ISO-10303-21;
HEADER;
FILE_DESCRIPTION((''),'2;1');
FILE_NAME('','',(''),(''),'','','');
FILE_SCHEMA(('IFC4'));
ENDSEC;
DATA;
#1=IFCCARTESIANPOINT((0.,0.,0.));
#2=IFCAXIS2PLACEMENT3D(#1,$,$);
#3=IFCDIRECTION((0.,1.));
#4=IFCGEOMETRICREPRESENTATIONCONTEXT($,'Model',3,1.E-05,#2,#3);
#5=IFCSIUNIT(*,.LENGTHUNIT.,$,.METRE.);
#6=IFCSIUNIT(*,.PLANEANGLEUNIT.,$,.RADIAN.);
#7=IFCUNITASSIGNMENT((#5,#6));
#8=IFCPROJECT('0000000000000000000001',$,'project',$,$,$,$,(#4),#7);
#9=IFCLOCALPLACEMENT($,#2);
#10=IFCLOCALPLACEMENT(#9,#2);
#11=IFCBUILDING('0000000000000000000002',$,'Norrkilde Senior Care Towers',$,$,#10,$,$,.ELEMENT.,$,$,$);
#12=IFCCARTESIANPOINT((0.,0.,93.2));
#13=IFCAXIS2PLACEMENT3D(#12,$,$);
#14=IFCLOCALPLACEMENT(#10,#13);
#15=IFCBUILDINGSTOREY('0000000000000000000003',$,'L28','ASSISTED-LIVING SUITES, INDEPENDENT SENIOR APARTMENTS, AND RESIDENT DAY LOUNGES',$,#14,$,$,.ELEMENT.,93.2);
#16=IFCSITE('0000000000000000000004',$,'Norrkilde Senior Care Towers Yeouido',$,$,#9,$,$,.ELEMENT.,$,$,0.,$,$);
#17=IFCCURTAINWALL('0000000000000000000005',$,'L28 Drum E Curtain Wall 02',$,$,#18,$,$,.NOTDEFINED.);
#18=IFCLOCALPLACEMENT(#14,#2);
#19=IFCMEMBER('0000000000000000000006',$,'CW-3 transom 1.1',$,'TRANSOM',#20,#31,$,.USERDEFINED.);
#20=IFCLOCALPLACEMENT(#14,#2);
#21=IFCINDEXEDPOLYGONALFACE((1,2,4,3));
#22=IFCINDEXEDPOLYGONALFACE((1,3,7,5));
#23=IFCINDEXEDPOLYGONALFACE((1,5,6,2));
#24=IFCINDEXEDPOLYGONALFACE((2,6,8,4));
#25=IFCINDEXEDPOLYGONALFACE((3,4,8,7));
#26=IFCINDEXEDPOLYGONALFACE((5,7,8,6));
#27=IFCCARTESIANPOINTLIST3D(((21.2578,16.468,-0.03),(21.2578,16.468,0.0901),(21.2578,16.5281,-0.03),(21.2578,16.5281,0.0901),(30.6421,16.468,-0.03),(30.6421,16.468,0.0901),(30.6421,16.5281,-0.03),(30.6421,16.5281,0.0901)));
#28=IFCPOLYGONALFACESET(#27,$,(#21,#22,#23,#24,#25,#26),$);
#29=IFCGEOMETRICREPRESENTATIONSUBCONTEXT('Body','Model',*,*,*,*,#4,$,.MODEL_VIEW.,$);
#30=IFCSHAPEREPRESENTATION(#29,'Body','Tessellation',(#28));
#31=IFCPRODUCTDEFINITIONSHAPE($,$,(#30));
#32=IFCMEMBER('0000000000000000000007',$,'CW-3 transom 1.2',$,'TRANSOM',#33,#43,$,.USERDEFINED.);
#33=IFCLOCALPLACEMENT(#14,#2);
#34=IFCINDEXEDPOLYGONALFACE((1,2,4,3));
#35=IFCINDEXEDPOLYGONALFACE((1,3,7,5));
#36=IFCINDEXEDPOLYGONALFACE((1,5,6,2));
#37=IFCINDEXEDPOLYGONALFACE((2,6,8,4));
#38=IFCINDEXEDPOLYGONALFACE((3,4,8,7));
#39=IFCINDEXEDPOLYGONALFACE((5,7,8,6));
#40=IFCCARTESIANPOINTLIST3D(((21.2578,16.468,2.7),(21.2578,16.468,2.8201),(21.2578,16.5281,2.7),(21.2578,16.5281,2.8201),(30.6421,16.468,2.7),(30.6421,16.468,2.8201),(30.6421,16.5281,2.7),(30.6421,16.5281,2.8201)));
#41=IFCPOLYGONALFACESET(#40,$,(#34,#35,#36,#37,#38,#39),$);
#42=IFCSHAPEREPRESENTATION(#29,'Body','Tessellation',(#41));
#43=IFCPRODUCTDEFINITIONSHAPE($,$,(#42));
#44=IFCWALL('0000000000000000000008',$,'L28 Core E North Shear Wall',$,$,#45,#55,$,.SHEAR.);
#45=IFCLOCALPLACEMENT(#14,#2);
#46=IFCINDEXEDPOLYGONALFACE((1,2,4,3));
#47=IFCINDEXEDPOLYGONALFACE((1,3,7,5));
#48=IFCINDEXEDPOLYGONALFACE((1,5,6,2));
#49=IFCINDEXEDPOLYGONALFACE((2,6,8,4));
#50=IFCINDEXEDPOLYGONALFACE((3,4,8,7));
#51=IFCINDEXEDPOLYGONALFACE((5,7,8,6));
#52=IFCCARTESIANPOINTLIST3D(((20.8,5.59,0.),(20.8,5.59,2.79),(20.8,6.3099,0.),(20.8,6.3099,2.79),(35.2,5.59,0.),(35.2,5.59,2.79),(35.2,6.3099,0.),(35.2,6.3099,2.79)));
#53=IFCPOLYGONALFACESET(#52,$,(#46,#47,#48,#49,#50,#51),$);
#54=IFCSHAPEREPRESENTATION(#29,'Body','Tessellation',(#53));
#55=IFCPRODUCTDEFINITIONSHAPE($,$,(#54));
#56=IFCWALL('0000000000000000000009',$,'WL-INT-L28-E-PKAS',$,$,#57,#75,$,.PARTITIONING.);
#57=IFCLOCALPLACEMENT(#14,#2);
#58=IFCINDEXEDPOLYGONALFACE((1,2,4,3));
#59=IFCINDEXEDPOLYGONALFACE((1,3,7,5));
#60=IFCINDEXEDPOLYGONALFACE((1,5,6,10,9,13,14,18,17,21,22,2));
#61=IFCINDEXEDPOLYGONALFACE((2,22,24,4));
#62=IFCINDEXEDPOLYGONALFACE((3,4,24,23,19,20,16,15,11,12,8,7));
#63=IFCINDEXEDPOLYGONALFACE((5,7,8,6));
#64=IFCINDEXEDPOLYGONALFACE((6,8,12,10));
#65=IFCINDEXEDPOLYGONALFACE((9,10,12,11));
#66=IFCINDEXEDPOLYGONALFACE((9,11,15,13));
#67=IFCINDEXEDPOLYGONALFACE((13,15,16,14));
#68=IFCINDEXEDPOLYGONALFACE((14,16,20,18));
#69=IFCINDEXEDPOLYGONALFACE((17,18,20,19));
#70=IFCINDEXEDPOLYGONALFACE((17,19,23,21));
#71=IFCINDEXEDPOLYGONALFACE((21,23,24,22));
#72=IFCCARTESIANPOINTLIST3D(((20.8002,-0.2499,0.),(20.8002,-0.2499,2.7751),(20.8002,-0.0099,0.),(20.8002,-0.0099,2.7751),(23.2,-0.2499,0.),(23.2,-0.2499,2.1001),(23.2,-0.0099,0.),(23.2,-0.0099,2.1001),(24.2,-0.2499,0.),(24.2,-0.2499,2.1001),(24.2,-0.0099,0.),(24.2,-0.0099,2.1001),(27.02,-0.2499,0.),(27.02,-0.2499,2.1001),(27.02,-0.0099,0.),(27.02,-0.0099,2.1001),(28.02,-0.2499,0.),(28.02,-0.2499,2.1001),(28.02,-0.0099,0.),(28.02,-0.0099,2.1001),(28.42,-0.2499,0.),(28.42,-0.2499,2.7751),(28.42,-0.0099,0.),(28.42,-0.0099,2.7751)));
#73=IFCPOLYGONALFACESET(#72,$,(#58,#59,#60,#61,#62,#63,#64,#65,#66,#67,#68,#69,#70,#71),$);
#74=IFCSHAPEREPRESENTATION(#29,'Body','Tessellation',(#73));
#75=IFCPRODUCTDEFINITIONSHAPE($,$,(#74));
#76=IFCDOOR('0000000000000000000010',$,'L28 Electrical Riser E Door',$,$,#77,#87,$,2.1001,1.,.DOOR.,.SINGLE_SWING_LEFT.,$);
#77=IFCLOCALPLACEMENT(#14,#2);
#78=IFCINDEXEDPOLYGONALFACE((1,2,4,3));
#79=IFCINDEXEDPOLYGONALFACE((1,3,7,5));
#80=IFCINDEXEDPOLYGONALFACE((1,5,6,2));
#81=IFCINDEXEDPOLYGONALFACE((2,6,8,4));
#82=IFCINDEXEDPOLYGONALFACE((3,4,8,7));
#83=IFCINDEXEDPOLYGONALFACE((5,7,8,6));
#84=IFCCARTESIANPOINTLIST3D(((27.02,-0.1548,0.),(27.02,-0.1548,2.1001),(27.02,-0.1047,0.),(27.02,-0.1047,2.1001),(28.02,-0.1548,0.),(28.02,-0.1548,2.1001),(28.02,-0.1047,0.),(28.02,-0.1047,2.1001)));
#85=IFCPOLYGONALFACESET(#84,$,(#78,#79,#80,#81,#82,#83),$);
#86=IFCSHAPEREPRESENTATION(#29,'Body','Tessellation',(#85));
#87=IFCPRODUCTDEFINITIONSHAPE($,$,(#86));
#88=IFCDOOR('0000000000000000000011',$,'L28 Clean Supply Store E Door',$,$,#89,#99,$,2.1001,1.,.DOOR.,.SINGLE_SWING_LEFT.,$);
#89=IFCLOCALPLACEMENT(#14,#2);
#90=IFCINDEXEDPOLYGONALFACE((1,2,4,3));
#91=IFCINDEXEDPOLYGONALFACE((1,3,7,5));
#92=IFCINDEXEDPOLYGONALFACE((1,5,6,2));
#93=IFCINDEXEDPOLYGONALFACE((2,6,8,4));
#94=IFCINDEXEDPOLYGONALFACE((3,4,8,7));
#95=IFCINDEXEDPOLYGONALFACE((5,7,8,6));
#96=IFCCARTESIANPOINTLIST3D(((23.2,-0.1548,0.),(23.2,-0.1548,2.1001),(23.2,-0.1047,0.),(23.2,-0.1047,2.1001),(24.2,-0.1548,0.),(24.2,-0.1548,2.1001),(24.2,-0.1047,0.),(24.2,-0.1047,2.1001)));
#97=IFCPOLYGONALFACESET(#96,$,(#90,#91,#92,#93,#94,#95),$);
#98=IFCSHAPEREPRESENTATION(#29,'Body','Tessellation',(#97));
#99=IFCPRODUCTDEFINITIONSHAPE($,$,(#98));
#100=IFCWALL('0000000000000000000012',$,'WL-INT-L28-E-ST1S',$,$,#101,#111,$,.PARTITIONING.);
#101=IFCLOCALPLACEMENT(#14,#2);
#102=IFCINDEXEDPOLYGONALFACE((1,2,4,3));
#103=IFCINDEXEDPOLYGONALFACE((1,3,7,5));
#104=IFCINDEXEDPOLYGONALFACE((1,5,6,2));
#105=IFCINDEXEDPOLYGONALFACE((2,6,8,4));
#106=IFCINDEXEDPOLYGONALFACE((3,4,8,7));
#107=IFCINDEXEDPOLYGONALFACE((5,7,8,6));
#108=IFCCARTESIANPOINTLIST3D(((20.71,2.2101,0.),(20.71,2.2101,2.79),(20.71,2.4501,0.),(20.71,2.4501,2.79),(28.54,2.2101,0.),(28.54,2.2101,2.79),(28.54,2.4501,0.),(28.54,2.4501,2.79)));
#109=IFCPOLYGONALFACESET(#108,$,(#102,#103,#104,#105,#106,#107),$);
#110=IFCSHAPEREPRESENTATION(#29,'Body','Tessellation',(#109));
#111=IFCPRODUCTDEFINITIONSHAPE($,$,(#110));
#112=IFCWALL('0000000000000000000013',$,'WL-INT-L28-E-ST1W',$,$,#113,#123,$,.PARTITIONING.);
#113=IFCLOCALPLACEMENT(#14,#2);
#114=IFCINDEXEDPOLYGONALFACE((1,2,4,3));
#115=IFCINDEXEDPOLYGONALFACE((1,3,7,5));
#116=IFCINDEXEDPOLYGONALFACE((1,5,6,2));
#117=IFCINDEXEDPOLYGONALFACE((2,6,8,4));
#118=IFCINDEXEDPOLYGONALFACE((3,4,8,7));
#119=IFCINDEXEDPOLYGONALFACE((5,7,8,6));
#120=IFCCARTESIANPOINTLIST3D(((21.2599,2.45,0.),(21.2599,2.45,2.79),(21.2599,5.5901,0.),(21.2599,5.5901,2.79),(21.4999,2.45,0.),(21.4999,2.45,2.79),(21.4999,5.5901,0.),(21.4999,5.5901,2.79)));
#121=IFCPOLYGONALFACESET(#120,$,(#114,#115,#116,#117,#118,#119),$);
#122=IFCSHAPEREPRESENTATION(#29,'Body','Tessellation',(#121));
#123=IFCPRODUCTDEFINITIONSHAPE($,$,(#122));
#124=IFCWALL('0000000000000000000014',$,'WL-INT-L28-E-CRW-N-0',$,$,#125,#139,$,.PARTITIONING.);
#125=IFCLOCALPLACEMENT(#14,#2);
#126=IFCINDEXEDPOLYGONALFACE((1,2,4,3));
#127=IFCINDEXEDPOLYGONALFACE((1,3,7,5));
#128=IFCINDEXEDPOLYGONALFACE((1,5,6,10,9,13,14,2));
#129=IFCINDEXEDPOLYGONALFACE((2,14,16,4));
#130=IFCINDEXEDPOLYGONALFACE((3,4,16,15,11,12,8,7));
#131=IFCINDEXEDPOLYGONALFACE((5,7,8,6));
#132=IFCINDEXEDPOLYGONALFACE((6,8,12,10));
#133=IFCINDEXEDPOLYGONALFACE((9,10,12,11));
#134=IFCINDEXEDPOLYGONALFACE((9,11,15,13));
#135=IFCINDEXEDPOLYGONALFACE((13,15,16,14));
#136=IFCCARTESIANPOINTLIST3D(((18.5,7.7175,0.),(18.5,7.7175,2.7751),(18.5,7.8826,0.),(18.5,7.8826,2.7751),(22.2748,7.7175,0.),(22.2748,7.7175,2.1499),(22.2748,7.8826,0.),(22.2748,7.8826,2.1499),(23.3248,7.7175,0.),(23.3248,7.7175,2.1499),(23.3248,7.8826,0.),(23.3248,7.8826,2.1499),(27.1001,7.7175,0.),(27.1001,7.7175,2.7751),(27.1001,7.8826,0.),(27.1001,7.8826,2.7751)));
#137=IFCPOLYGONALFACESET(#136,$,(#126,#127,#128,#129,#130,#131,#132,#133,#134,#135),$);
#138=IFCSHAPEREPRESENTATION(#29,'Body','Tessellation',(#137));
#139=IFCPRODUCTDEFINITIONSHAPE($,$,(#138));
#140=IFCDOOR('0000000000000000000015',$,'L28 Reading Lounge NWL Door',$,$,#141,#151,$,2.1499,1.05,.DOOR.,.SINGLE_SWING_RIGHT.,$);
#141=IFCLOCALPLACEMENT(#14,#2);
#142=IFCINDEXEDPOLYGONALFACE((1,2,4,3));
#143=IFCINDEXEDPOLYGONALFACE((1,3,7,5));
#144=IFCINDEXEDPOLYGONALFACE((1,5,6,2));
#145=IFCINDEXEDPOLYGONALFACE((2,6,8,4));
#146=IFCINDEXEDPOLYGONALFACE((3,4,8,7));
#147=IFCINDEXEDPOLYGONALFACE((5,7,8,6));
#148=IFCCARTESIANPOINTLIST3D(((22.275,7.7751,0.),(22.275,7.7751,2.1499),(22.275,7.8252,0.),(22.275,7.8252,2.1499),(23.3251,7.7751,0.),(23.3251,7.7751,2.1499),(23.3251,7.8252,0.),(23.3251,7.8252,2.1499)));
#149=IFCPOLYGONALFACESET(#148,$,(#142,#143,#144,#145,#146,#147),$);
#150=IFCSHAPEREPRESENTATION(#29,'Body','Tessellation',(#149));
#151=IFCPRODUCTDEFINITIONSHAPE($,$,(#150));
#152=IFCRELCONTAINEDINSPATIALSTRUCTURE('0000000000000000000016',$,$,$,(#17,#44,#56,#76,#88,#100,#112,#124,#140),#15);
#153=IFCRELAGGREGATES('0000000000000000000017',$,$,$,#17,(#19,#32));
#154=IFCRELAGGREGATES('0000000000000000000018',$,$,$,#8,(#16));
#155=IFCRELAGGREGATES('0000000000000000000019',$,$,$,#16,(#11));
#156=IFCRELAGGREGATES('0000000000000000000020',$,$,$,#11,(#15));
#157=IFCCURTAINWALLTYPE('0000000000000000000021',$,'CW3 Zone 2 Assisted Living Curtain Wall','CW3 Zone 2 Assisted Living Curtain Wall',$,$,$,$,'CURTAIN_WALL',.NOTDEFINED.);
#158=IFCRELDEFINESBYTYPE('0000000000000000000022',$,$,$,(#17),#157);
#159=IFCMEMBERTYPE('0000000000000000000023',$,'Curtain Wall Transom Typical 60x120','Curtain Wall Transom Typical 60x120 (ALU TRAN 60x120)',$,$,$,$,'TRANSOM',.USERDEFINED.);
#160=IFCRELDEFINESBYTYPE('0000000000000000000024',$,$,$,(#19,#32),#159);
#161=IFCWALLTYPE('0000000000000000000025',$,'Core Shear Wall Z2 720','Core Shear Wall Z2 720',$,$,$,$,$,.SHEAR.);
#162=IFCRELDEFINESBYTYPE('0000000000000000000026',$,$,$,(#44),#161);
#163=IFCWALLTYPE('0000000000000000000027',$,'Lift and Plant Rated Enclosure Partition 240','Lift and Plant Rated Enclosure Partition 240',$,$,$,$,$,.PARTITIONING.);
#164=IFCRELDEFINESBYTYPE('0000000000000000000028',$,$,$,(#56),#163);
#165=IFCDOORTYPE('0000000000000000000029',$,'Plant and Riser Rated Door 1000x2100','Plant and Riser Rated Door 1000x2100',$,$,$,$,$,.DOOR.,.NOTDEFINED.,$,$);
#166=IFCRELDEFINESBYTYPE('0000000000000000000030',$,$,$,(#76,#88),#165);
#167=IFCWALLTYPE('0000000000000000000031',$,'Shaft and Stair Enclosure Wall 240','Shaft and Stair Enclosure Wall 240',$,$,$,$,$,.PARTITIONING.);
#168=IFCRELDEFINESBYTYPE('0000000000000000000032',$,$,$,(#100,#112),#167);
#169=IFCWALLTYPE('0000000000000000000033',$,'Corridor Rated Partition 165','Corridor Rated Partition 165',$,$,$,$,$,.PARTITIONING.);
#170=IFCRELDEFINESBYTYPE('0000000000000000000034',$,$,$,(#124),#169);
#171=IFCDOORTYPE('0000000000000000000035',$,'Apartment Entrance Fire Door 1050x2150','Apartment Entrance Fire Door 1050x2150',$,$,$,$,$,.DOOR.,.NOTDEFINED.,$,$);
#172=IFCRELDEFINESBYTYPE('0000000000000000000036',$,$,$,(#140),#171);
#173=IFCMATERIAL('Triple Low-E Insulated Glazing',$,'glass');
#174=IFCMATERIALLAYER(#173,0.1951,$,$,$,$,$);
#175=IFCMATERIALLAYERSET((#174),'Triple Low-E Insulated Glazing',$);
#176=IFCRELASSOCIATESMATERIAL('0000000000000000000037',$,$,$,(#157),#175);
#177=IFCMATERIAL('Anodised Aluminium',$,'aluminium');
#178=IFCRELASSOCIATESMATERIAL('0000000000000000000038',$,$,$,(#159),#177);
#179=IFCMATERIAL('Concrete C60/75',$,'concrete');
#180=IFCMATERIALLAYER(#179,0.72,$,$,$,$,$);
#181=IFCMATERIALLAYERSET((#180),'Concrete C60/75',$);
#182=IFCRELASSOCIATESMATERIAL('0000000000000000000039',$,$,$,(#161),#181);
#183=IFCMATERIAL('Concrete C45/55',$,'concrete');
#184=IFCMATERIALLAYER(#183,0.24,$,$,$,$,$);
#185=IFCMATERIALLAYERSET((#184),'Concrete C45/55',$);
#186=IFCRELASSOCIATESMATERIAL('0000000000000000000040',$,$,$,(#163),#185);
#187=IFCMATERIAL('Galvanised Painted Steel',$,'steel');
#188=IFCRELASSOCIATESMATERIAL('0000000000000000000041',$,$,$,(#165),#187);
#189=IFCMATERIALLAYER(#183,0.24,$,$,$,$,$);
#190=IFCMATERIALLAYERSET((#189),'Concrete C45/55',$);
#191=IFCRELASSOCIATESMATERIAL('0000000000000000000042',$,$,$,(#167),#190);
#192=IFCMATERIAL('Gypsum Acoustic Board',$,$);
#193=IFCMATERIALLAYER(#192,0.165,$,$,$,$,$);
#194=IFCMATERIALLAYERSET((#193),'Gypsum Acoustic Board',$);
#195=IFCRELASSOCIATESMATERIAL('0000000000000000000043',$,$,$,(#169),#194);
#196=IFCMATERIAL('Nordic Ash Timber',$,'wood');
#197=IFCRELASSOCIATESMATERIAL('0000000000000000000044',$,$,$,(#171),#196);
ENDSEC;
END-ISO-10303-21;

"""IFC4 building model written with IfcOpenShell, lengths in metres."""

from ifc_helpers import new_model, si_unit, direction, frame, frame_2d, origin, origin_2d, place, context, subcontext, project, spatial, rectangle, extrude, source, transform, mapped, material, layer, layer_set, material_profile, profile_set, type_object, type_shapes, element, fill, aggregate, save


model = new_model("IFC4")

# Units and contexts
model_context = context("Model", 3, precision=1e-05, world=origin(), true_north=direction((0.0, 1.0)))
body_context = subcontext(model_context, "Body", "Model", "MODEL_VIEW")
ifc_project = project(units=[si_unit("LENGTHUNIT", "METRE"), si_unit("PLANEANGLEUNIT", "RADIAN")], contexts=[model_context])

# Site, building, storey
site_placement = place(None, origin())
site = spatial("IfcSite", under=ifc_project, at=site_placement, Name="Norrkilde Senior Care Towers Yeouido", CompositionType="ELEMENT", RefElevation=0.0)
building_placement = place(site_placement, origin())
building = spatial("IfcBuilding", under=site, at=building_placement, Name="Norrkilde Senior Care Towers", CompositionType="ELEMENT")
storey_placement = place(building_placement, frame((0.0, 0.0, 93.2)))
storey = spatial("IfcBuildingStorey", under=building, at=storey_placement, Name="L28", Description="ASSISTED-LIVING SUITES, INDEPENDENT SENIOR APARTMENTS, AND RESIDENT DAY LOUNGES", CompositionType="ELEMENT", Elevation=93.2)

# Shared definitions
ifc_material_1 = material(Name="Concrete C60/75", Category="concrete")

# Curtain wall
ifc_material_2 = material(Name="Triple Low-E Insulated Glazing", Category="glass")
ifc_layer_1 = layer(ifc_material_2, 0.1951)
ifc_layer_set_1 = layer_set([ifc_layer_1], Name="Triple Low-E Insulated Glazing")
curtain_wall_type = type_object("IfcCurtainWallType", Name="CW3 Zone 2 Assisted Living Curtain Wall", Description="CW3 Zone 2 Assisted Living Curtain Wall", ElementType="CURTAIN_WALL", PredefinedType="NOTDEFINED", material=ifc_layer_set_1)
curtain_wall_1_placement = place(storey_placement, origin())
curtain_wall_1 = element("IfcCurtainWall", 1, at=curtain_wall_1_placement, inside=storey, type_object=curtain_wall_type, Name="L28 Drum E Curtain Wall 02", PredefinedType="NOTDEFINED")
ifc_material_3 = material(Name="Anodised Aluminium", Category="aluminium")

# Members
ifc_material_profile_1 = material_profile(ifc_material_3, rectangle(XDim=0.0601, YDim=0.1201, at=origin_2d()), Name="ALU TRAN 60x120")
ifc_profile_set_1 = profile_set([ifc_material_profile_1], Name="Anodised Aluminium")
member_type_1 = type_object("IfcMemberType", Name="Curtain Wall Transom Typical 60x120", Description="Curtain Wall Transom Typical 60x120 (ALU TRAN 60x120)", ElementType="TRANSOM", PredefinedType="USERDEFINED", material=ifc_profile_set_1)
shared_shape_1 = source(origin(), body_context, "Body", "SweptSolid", [
    extrude(rectangle(XDim=0.0601, YDim=0.1201, at=origin_2d()), origin(), (0.0, 0.0, 1.0), 9.3843),
])
type_shapes(member_type_1, [shared_shape_1])
member_1_placement = place(storey_placement, frame((21.2578, 16.498, 0.03), z_axis=(1.0, 0.0, 0.0), x_axis=(0.0, 1.0, 0.0)))
member_1 = element("IfcMember", 2, at=member_1_placement, type_object=member_type_1, Name="CW-3 transom 1.1", ObjectType="TRANSOM", PredefinedType="USERDEFINED", context=body_context, shape_type="MappedRepresentation", body=[
    mapped(shared_shape_1, transform((0.0, 0.0, 0.0), x_axis=(1.0, 0.0, 0.0), y_axis=(0.0, 1.0, 0.0), z_axis=(0.0, 0.0, 1.0), scale=1.0)),
])
member_2_placement = place(storey_placement, frame((21.2578, 16.498, 2.76), z_axis=(1.0, 0.0, 0.0), x_axis=(0.0, 1.0, 0.0)))
member_2 = element("IfcMember", 3, at=member_2_placement, type_object=member_type_1, Name="CW-3 transom 1.2", ObjectType="TRANSOM", PredefinedType="USERDEFINED", context=body_context, shape_type="MappedRepresentation", body=[
    mapped(shared_shape_1, transform((0.0, 0.0, 0.0), x_axis=(1.0, 0.0, 0.0), y_axis=(0.0, 1.0, 0.0), z_axis=(0.0, 0.0, 1.0), scale=1.0)),
])
aggregate(curtain_wall_1, [member_1, member_2])

# Wall
ifc_layer_2 = layer(ifc_material_1, 0.72)
ifc_layer_set_2 = layer_set([ifc_layer_2], Name="Concrete C60/75")
wall_type_1 = type_object("IfcWallType", Name="Core Shear Wall Z2 720", Description="Core Shear Wall Z2 720", PredefinedType="SHEAR", material=ifc_layer_set_2)
shared_shape_2 = source(origin(), body_context, "Body", "SweptSolid", [
    extrude(rectangle(XDim=14.3999, YDim=0.72, at=frame_2d((7.2, 0.0))), origin(), (0.0, 0.0, 1.0), 2.79),
])
type_shapes(wall_type_1, [shared_shape_2])
wall_1_placement = place(storey_placement, frame((20.8, 5.95, 0.0), z_axis=(0.0, 0.0, 1.0), x_axis=(1.0, 0.0, 0.0)))
element("IfcWall", 4, at=wall_1_placement, inside=storey, type_object=wall_type_1, Name="L28 Core E North Shear Wall", PredefinedType="SHEAR", context=body_context, shape_type="MappedRepresentation", body=[
    mapped(shared_shape_2, transform((0.0, 0.0, 0.0), x_axis=(1.0, 0.0, 0.0), y_axis=(0.0, 1.0, 0.0), z_axis=(0.0, 0.0, 1.0), scale=1.0)),
])

# Wall, openings, doors
ifc_material_4 = material(Name="Concrete C45/55", Category="concrete")
ifc_layer_3 = layer(ifc_material_4, 0.24)
ifc_layer_set_3 = layer_set([ifc_layer_3], Name="Concrete C45/55")
wall_type_2 = type_object("IfcWallType", Name="Lift and Plant Rated Enclosure Partition 240", Description="Lift and Plant Rated Enclosure Partition 240", PredefinedType="PARTITIONING", material=ifc_layer_set_3)
shared_shape_3 = source(origin(), body_context, "Body", "SweptSolid", [
    extrude(rectangle(XDim=7.6199, YDim=0.24, at=frame_2d((3.8101, 0.0))), origin(), (0.0, 0.0, 1.0), 2.7751),
])
type_shapes(wall_type_2, [shared_shape_3])
wall_2_placement = place(storey_placement, frame((20.8, -0.1299, 0.0), z_axis=(0.0, 0.0, 1.0), x_axis=(1.0, 0.0, 0.0)))
wall_2 = element("IfcWall", 5, at=wall_2_placement, inside=storey, type_object=wall_type_2, Name="WL-INT-L28-E-PKAS", PredefinedType="PARTITIONING", context=body_context, shape_type="MappedRepresentation", body=[
    mapped(shared_shape_3, transform((0.0, 0.0, 0.0), x_axis=(1.0, 0.0, 0.0), y_axis=(0.0, 1.0, 0.0), z_axis=(0.0, 0.0, 1.0), scale=1.0)),
])
opening_1_placement = place(wall_2_placement, frame((6.22, 0.0, 0.0)))
opening_1 = element("IfcOpeningElement", 6, at=opening_1_placement, cuts=wall_2, PredefinedType="OPENING", context=body_context, shape_type="SweptSolid", body=[
    extrude(rectangle(XDim=1.0, YDim=2.1001, at=frame_2d((0.5, 1.05))), frame((0.0, 0.1299, 0.0), z_axis=(0.0, -1.0, 0.0), x_axis=(1.0, 0.0, 0.0)), (0.0, 0.0, 1.0), 0.26),
])
opening_2_placement = place(wall_2_placement, frame((2.3999, 0.0, 0.0)))
opening_2 = element("IfcOpeningElement", 7, at=opening_2_placement, cuts=wall_2, PredefinedType="OPENING", context=body_context, shape_type="SweptSolid", body=[
    extrude(rectangle(XDim=1.0, YDim=2.1001, at=frame_2d((0.5, 1.05))), frame((0.0, 0.1299, 0.0), z_axis=(0.0, -1.0, 0.0), x_axis=(1.0, 0.0, 0.0)), (0.0, 0.0, 1.0), 0.26),
])
ifc_material_5 = material(Name="Galvanised Painted Steel", Category="steel")
door_type_1 = type_object("IfcDoorType", Name="Plant and Riser Rated Door 1000x2100", Description="Plant and Riser Rated Door 1000x2100", OperationType="NOTDEFINED", PredefinedType="DOOR", material=ifc_material_5)
shared_shape_4 = source(origin(), body_context, "Body", "SweptSolid", [
    extrude(rectangle(XDim=1.0, YDim=2.1001, at=frame_2d((0.5, 1.05))), frame((0.0, 0.0249, 0.0), z_axis=(0.0, -1.0, 0.0), x_axis=(1.0, 0.0, 0.0)), (0.0, 0.0, 1.0), 0.05),
])
type_shapes(door_type_1, [shared_shape_4])
door_1_placement = place(opening_1_placement, frame((1.0, 0.0, 0.0), z_axis=(0.0, 0.0, 1.0), x_axis=(-1.0, 0.0, 0.0)))
door_1 = element("IfcDoor", 8, at=door_1_placement, inside=storey, type_object=door_type_1, Name="L28 Electrical Riser E Door", OperationType="SINGLE_SWING_LEFT", OverallHeight=2.1001, OverallWidth=1.0, PredefinedType="DOOR", context=body_context, shape_type="MappedRepresentation", body=[
    mapped(shared_shape_4, transform((0.0, 0.0, 0.0), x_axis=(1.0, 0.0, 0.0), y_axis=(0.0, 1.0, 0.0), z_axis=(0.0, 0.0, 1.0), scale=1.0)),
])
fill(opening_1, door_1)
door_2_placement = place(opening_2_placement, frame((1.0, 0.0, 0.0), z_axis=(0.0, 0.0, 1.0), x_axis=(-1.0, 0.0, 0.0)))
door_2 = element("IfcDoor", 9, at=door_2_placement, inside=storey, type_object=door_type_1, Name="L28 Clean Supply Store E Door", OperationType="SINGLE_SWING_LEFT", OverallHeight=2.1001, OverallWidth=1.0, PredefinedType="DOOR", context=body_context, shape_type="MappedRepresentation", body=[
    mapped(shared_shape_4, transform((0.0, 0.0, 0.0), x_axis=(1.0, 0.0, 0.0), y_axis=(0.0, 1.0, 0.0), z_axis=(0.0, 0.0, 1.0), scale=1.0)),
])
fill(opening_2, door_2)

# Walls
ifc_layer_4 = layer(ifc_material_4, 0.24)
ifc_layer_set_4 = layer_set([ifc_layer_4], Name="Concrete C45/55")
wall_type_3 = type_object("IfcWallType", Name="Shaft and Stair Enclosure Wall 240", Description="Shaft and Stair Enclosure Wall 240", PredefinedType="PARTITIONING", material=ifc_layer_set_4)
shared_shape_5 = source(origin(), body_context, "Body", "SweptSolid", [
    extrude(rectangle(XDim=7.8301, YDim=0.24, at=frame_2d((3.915, 0.0))), origin(), (0.0, 0.0, 1.0), 2.79),
])
wall_3_placement = place(storey_placement, frame((20.71, 2.3301, 0.0), z_axis=(0.0, 0.0, 1.0), x_axis=(1.0, 0.0, 0.0)))
element("IfcWall", 10, at=wall_3_placement, inside=storey, type_object=wall_type_3, Name="WL-INT-L28-E-ST1S", PredefinedType="PARTITIONING", context=body_context, shape_type="MappedRepresentation", body=[
    mapped(shared_shape_5, transform((0.0, 0.0, 0.0), x_axis=(1.0, 0.0, 0.0), y_axis=(0.0, 1.0, 0.0), z_axis=(0.0, 0.0, 1.0), scale=1.0)),
])
shared_shape_6 = source(origin(), body_context, "Body", "SweptSolid", [
    extrude(rectangle(XDim=3.1401, YDim=0.24, at=frame_2d((1.5701, 0.0))), origin(), (0.0, 0.0, 1.0), 2.79),
])
type_shapes(wall_type_3, [shared_shape_5, shared_shape_6])
wall_4_placement = place(storey_placement, frame((21.3799, 2.45, 0.0), z_axis=(0.0, 0.0, 1.0), x_axis=(0.0, 1.0, 0.0)))
element("IfcWall", 11, at=wall_4_placement, inside=storey, type_object=wall_type_3, Name="WL-INT-L28-E-ST1W", PredefinedType="PARTITIONING", context=body_context, shape_type="MappedRepresentation", body=[
    mapped(shared_shape_6, transform((0.0, 0.0, 0.0), x_axis=(1.0, 0.0, 0.0), y_axis=(0.0, 1.0, 0.0), z_axis=(0.0, 0.0, 1.0), scale=1.0)),
])

# Wall, opening, door
ifc_material_6 = material(Name="Gypsum Acoustic Board")
ifc_layer_5 = layer(ifc_material_6, 0.165)
ifc_layer_set_5 = layer_set([ifc_layer_5], Name="Gypsum Acoustic Board")
wall_type_4 = type_object("IfcWallType", Name="Corridor Rated Partition 165", Description="Corridor Rated Partition 165", PredefinedType="PARTITIONING", material=ifc_layer_set_5)
shared_shape_7 = source(origin(), body_context, "Body", "SweptSolid", [
    extrude(rectangle(XDim=8.6001, YDim=0.165, at=frame_2d((4.3, 0.0))), origin(), (0.0, 0.0, 1.0), 2.7751),
])
wall_5_placement = place(storey_placement, frame((18.5, 7.8, 0.0), z_axis=(0.0, 0.0, 1.0), x_axis=(1.0, 0.0, 0.0)))
wall_5 = element("IfcWall", 12, at=wall_5_placement, inside=storey, type_object=wall_type_4, Name="WL-INT-L28-E-CRW-N-0", PredefinedType="PARTITIONING", context=body_context, shape_type="MappedRepresentation", body=[
    mapped(shared_shape_7, transform((0.0, 0.0, 0.0), x_axis=(1.0, 0.0, 0.0), y_axis=(0.0, 1.0, 0.0), z_axis=(0.0, 0.0, 1.0), scale=1.0)),
])
opening_3_placement = place(wall_5_placement, frame((3.7749, 0.0, 0.0)))
opening_3 = element("IfcOpeningElement", 13, at=opening_3_placement, cuts=wall_5, PredefinedType="OPENING", context=body_context, shape_type="SweptSolid", body=[
    extrude(rectangle(XDim=1.05, YDim=2.1499, at=frame_2d((0.5249, 1.075))), frame((0.0, 0.0925, 0.0), z_axis=(0.0, -1.0, 0.0), x_axis=(1.0, 0.0, 0.0)), (0.0, 0.0, 1.0), 0.1851),
])
ifc_material_7 = material(Name="Nordic Ash Timber", Category="wood")
door_type_2 = type_object("IfcDoorType", Name="Apartment Entrance Fire Door 1050x2150", Description="Apartment Entrance Fire Door 1050x2150", OperationType="NOTDEFINED", PredefinedType="DOOR", material=ifc_material_7)
shared_shape_8 = source(origin(), body_context, "Body", "SweptSolid", [
    extrude(rectangle(XDim=1.05, YDim=2.1499, at=frame_2d((0.5249, 1.075))), frame((0.0, 0.0249, 0.0), z_axis=(0.0, -1.0, 0.0), x_axis=(1.0, 0.0, 0.0)), (0.0, 0.0, 1.0), 0.05),
])
type_shapes(door_type_2, [shared_shape_8])
door_3_placement = place(opening_3_placement, frame((1.05, 0.0, 0.0), z_axis=(0.0, 0.0, 1.0), x_axis=(-1.0, 0.0, 0.0)))
door_3 = element("IfcDoor", 14, at=door_3_placement, inside=storey, type_object=door_type_2, Name="L28 Reading Lounge NWL Door", OperationType="SINGLE_SWING_RIGHT", OverallHeight=2.1499, OverallWidth=1.05, PredefinedType="DOOR", context=body_context, shape_type="MappedRepresentation", body=[
    mapped(shared_shape_8, transform((0.0, 0.0, 0.0), x_axis=(1.0, 0.0, 0.0), y_axis=(0.0, 1.0, 0.0), z_axis=(0.0, 0.0, 1.0), scale=1.0)),
])
fill(opening_3, door_3)

save(model, "model.ifc")
